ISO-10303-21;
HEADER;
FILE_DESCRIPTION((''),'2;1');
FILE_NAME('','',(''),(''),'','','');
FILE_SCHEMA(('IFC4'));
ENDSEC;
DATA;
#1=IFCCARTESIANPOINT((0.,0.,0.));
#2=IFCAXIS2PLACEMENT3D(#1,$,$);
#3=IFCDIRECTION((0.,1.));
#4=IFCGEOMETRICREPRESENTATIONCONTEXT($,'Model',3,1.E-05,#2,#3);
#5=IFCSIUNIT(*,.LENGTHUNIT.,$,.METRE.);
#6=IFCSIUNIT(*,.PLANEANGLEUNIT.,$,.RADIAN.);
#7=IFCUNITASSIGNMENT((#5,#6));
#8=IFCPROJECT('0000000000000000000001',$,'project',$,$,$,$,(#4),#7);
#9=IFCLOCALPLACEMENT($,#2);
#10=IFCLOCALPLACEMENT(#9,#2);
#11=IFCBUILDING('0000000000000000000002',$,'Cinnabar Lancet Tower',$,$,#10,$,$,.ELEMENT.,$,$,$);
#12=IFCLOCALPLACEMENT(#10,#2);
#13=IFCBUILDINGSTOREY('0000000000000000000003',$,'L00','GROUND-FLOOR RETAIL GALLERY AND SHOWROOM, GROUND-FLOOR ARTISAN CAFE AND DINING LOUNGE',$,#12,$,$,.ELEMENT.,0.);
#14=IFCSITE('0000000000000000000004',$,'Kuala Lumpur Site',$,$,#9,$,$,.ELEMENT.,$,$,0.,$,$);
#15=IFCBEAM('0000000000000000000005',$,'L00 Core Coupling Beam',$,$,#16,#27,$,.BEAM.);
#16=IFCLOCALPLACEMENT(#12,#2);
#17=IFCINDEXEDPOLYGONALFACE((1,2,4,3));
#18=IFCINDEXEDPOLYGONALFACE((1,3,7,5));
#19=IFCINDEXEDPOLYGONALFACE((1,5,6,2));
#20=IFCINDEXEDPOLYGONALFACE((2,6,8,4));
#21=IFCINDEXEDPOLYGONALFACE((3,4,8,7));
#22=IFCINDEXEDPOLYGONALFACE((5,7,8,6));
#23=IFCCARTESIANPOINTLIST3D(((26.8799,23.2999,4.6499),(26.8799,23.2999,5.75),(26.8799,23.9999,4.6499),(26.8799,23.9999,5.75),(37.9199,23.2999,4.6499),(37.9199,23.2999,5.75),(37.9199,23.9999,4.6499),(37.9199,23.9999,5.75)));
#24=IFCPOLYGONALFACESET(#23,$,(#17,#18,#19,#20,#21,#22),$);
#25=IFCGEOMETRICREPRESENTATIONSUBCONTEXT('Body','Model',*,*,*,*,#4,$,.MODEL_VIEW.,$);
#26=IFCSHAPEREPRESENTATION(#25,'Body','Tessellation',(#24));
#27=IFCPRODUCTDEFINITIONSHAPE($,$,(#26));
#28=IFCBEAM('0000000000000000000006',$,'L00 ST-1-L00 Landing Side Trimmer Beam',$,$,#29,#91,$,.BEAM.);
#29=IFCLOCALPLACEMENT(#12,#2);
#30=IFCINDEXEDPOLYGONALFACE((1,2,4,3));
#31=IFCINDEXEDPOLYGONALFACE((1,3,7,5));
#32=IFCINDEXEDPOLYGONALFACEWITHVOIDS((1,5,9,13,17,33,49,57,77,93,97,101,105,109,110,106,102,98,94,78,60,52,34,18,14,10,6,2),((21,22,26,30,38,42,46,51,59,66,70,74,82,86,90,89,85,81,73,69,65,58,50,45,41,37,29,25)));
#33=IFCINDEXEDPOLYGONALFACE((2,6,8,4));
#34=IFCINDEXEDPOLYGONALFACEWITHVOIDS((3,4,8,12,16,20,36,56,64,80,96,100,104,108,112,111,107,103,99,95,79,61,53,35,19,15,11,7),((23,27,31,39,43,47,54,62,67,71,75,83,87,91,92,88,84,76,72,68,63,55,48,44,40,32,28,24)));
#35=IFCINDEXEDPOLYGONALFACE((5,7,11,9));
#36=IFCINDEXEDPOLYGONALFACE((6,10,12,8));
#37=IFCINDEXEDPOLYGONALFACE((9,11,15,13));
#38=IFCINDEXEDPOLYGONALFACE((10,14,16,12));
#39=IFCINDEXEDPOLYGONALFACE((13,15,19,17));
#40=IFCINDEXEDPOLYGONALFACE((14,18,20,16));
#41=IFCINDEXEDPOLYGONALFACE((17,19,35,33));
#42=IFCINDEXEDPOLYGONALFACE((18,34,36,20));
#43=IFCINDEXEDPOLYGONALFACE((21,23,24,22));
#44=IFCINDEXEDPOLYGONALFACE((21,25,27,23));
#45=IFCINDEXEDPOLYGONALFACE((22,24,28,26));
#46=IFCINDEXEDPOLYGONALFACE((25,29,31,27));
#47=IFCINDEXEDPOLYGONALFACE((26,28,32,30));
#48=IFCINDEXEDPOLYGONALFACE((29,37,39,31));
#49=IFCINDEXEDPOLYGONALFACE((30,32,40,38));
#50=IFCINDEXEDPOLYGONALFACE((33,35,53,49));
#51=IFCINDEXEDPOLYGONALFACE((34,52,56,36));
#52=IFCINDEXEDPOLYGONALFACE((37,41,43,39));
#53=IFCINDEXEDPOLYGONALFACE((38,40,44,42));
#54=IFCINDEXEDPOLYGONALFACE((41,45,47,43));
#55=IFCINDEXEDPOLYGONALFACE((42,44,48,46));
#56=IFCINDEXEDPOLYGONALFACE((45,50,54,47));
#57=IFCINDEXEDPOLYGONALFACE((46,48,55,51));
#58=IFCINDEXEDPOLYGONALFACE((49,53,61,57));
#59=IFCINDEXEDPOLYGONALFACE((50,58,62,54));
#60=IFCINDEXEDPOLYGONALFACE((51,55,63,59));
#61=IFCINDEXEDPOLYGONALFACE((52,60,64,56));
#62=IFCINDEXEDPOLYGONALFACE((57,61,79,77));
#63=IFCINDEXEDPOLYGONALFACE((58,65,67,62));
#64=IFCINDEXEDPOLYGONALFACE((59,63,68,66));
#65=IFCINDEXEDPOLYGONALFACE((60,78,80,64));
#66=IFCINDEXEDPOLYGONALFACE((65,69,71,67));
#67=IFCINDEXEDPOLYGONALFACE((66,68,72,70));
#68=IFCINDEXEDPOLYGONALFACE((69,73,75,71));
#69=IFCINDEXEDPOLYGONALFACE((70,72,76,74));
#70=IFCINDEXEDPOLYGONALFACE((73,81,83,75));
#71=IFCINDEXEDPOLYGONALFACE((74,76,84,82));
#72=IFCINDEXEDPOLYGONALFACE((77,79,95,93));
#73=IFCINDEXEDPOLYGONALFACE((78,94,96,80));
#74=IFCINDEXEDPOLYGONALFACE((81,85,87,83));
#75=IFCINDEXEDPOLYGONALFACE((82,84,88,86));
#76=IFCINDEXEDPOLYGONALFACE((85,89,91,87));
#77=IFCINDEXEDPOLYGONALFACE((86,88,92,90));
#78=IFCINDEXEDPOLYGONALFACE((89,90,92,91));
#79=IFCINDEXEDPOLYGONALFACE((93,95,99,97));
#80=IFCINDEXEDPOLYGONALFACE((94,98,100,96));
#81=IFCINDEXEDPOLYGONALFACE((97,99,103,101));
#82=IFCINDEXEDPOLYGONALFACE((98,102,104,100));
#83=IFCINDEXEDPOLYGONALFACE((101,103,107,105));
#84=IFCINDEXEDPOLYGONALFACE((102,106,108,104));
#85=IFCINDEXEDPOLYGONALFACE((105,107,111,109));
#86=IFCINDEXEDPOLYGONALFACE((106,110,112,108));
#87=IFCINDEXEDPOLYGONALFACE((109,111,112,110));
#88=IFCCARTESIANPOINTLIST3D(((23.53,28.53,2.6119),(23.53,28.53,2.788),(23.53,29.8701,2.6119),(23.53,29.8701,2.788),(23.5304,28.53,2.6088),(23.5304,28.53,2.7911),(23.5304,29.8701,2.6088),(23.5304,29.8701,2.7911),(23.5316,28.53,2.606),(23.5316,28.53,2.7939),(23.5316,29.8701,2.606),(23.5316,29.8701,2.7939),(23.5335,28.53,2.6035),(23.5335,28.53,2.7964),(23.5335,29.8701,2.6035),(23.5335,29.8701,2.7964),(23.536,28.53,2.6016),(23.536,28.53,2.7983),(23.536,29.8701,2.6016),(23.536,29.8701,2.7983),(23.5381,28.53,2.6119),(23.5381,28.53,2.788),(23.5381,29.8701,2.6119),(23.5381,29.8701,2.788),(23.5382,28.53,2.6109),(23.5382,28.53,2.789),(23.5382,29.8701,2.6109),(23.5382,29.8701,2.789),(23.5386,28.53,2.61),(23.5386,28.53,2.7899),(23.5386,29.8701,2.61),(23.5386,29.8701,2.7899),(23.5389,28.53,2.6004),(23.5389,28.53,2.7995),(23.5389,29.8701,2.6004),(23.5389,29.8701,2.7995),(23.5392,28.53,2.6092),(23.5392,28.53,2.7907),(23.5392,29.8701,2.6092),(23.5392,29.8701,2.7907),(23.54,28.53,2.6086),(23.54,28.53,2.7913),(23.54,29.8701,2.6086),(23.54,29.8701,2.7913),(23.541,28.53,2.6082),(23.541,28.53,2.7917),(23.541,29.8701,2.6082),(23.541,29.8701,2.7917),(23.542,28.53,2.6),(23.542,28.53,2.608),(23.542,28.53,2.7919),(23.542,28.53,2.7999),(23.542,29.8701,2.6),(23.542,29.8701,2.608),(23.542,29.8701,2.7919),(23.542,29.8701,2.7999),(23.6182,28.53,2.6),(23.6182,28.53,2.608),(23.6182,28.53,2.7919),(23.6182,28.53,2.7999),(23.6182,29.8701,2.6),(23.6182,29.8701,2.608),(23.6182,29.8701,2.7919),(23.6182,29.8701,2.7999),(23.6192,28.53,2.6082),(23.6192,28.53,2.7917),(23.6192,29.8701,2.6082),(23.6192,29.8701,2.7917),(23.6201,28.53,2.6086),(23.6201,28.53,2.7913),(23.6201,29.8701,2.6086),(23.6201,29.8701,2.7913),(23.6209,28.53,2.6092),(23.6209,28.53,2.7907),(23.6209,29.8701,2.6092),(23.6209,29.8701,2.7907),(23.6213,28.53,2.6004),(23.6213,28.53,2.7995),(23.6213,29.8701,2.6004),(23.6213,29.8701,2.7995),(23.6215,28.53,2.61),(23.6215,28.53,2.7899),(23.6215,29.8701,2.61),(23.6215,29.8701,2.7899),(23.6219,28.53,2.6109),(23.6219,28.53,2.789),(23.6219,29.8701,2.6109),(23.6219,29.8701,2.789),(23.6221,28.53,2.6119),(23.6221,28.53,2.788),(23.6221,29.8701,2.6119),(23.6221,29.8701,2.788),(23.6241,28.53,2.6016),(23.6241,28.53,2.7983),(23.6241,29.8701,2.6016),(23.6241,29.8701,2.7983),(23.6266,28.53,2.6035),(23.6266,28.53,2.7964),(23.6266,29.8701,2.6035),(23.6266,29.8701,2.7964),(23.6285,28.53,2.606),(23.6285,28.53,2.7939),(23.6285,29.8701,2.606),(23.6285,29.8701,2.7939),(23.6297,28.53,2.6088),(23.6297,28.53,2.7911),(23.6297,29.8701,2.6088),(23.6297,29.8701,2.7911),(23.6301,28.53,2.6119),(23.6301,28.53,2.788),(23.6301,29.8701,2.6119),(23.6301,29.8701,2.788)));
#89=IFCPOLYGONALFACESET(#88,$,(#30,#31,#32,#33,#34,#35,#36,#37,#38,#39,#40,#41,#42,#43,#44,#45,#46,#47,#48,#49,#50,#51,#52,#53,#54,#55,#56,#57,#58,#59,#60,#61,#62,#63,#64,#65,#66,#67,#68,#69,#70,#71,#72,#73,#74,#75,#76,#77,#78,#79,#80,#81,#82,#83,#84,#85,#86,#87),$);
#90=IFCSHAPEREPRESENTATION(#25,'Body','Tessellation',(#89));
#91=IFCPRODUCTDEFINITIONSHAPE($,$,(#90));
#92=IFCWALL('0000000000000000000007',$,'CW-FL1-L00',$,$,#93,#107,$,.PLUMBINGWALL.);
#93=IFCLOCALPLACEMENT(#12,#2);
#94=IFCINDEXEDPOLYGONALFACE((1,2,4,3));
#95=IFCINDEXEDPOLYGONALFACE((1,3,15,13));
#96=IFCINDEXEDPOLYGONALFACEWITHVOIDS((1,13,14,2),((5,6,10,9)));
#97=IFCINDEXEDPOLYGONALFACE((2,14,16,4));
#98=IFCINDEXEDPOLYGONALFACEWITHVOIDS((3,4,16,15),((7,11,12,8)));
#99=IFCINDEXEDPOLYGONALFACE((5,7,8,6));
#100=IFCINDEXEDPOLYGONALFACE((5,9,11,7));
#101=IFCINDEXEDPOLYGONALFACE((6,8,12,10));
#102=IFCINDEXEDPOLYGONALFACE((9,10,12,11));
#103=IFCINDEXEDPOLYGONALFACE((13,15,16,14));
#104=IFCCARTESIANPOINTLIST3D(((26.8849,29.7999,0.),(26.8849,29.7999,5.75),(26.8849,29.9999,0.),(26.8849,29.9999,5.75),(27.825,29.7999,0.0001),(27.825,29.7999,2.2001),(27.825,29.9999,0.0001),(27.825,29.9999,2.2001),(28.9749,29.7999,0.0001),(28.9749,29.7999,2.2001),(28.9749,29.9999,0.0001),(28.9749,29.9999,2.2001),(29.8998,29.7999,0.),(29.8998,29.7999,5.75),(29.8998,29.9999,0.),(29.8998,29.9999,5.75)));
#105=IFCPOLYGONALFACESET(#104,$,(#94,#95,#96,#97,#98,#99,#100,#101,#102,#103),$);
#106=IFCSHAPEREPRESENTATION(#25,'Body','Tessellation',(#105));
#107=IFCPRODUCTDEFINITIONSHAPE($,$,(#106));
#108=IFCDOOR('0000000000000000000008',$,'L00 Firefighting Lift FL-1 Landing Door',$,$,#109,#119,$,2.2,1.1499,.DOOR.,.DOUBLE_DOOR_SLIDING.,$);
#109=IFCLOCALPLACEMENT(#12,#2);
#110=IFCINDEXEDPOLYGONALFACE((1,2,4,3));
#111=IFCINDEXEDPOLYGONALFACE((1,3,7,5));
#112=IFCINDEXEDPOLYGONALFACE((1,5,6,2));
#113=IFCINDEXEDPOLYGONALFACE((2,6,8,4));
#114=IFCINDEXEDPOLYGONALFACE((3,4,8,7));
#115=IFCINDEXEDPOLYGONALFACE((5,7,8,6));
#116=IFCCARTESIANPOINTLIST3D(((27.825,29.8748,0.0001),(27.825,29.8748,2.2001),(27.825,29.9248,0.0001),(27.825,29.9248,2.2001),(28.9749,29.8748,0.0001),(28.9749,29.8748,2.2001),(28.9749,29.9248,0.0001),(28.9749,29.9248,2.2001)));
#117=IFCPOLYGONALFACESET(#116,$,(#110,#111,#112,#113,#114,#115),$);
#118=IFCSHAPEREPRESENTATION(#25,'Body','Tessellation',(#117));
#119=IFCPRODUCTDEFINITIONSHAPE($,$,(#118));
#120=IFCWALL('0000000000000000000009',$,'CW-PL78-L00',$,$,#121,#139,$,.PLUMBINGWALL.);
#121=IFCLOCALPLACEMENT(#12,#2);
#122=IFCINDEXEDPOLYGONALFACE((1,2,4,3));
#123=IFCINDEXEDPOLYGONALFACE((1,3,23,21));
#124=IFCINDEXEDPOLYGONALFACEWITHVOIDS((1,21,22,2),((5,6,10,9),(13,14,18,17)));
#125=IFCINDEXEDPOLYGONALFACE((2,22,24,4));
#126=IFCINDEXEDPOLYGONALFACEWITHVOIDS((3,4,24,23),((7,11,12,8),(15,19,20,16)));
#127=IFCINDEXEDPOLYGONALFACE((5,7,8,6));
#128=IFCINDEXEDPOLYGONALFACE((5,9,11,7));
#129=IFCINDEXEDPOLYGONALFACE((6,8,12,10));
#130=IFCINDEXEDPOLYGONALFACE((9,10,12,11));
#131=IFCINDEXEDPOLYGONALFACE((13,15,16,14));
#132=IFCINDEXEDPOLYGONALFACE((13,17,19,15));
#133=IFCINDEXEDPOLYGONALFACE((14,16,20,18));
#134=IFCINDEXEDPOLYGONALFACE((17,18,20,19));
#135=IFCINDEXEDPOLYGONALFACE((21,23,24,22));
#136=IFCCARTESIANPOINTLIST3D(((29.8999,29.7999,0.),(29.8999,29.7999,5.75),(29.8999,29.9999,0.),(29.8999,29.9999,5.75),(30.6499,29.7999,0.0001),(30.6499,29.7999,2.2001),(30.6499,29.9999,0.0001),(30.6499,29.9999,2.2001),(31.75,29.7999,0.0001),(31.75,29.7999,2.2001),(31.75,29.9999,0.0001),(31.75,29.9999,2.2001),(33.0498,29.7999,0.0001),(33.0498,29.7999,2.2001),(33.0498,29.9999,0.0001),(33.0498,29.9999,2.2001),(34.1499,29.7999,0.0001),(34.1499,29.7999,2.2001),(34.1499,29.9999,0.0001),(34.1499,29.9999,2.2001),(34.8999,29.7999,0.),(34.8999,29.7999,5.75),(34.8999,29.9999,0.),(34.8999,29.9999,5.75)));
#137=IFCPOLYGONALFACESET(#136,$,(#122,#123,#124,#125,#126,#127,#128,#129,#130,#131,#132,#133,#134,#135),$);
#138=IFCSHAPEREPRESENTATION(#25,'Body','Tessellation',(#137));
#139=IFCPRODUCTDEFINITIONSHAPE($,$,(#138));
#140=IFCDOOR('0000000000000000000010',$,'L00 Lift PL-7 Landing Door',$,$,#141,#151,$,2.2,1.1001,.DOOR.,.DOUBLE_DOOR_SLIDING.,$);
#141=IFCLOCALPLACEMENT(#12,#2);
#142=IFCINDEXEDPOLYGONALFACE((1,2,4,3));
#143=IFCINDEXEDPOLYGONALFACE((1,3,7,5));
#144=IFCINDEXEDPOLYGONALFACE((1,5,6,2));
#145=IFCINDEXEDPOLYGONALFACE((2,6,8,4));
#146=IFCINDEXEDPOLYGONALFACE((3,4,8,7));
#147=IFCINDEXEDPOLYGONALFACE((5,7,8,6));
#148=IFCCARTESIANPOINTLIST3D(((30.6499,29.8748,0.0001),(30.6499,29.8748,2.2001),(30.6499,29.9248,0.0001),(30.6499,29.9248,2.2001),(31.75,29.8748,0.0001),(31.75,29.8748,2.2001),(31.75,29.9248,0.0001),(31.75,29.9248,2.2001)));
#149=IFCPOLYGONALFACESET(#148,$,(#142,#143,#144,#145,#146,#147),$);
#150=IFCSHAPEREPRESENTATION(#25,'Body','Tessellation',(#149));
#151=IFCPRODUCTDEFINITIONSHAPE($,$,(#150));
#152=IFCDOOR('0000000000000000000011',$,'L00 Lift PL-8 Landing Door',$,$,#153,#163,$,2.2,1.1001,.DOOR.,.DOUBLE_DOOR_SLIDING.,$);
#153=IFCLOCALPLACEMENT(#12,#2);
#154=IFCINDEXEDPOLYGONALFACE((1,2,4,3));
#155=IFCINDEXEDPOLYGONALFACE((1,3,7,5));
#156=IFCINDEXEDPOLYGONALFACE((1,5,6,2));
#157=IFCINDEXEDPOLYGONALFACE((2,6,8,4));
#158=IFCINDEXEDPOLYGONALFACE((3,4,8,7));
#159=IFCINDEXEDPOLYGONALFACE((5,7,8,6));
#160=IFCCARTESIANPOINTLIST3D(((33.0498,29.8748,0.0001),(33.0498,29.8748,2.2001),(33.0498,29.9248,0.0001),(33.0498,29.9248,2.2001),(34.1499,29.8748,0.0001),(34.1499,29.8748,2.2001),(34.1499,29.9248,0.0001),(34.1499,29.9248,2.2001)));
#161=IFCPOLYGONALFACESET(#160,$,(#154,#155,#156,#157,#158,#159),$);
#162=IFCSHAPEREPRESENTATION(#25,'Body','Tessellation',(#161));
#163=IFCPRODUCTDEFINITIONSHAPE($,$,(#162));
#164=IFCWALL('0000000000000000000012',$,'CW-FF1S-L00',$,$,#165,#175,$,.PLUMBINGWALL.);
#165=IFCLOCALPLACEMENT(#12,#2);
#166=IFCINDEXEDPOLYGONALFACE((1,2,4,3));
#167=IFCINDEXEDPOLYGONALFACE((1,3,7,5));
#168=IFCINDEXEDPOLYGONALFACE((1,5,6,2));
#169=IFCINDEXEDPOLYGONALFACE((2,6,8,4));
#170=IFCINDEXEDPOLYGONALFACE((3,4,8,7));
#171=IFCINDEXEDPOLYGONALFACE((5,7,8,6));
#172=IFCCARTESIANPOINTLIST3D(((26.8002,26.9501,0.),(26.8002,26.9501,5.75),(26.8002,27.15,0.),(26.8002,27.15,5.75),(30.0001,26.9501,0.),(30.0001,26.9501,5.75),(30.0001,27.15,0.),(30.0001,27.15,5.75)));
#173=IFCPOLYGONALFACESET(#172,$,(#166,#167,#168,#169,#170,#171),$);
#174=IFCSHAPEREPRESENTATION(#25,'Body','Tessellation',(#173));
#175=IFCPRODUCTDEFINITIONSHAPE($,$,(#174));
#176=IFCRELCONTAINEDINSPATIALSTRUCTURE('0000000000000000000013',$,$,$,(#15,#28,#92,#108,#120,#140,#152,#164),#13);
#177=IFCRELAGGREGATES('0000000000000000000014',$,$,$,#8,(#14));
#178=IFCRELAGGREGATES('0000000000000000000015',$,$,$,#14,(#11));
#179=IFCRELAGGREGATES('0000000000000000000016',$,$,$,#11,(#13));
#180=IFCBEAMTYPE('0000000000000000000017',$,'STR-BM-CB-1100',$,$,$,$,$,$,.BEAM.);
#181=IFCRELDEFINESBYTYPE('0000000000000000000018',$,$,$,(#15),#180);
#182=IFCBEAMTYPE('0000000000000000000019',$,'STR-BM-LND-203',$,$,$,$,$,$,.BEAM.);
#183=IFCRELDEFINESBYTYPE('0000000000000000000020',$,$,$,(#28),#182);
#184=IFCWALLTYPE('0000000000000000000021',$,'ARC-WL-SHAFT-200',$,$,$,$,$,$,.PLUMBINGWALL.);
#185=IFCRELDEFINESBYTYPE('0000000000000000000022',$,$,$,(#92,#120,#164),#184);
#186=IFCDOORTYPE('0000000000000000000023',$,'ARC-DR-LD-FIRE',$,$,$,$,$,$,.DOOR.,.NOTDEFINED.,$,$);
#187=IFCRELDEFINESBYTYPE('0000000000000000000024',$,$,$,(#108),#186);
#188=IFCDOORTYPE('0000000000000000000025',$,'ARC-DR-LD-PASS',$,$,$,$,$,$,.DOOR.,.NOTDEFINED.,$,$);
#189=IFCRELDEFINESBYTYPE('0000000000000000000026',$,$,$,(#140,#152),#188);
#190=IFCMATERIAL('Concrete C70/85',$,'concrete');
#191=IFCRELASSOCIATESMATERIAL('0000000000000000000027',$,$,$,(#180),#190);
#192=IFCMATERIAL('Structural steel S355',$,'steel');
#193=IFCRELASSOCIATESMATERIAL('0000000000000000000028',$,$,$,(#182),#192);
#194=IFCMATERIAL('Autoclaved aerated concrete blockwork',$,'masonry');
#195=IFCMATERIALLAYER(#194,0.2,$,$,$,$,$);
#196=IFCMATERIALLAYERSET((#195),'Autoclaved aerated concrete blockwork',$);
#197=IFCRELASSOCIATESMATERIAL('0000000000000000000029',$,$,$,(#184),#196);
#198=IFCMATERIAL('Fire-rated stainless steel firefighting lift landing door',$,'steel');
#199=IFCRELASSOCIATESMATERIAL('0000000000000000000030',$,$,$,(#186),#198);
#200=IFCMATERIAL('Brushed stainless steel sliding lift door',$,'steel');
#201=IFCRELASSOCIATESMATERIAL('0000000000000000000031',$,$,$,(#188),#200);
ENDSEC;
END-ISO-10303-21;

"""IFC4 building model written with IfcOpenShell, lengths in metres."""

from ifc_helpers import new_model, si_unit, direction, frame, frame_2d, origin, origin_2d, place, context, subcontext, project, spatial, rectangle, hollow_rectangle, extrude, material, layer, layer_set, material_profile, profile_set, type_object, element, fill, save


model = new_model("IFC4")

# Units and contexts
model_context = context("Model", 3, precision=1e-05, world=origin(), true_north=direction((0.0, 1.0)))
body_context = subcontext(model_context, "Body", "Model", "MODEL_VIEW")
ifc_project = project(units=[si_unit("LENGTHUNIT", "METRE"), si_unit("PLANEANGLEUNIT", "RADIAN")], contexts=[model_context])

# Site, building, storey
site_placement = place(None, origin())
site = spatial("IfcSite", under=ifc_project, at=site_placement, Name="Kuala Lumpur Site", CompositionType="ELEMENT", RefElevation=0.0)
building_placement = place(site_placement, origin())
building = spatial("IfcBuilding", under=site, at=building_placement, Name="Cinnabar Lancet Tower", CompositionType="ELEMENT")
storey_placement = place(building_placement, origin())
storey = spatial("IfcBuildingStorey", under=building, at=storey_placement, Name="L00", Description="GROUND-FLOOR RETAIL GALLERY AND SHOWROOM, GROUND-FLOOR ARTISAN CAFE AND DINING LOUNGE", CompositionType="ELEMENT", Elevation=0.0)

# Beams
ifc_material_1 = material(Name="Concrete C70/85", Category="concrete")
ifc_material_profile_1 = material_profile(ifc_material_1, rectangle(XDim=0.7, YDim=1.1001, at=origin_2d()), Name="RC-CB 700x1100")
ifc_profile_set_1 = profile_set([ifc_material_profile_1], Name="Concrete C70/85")
beam_type_1 = type_object("IfcBeamType", Name="STR-BM-CB-1100", PredefinedType="BEAM", material=ifc_profile_set_1)
beam_1_placement = place(storey_placement, frame((26.8799, 23.6499, 5.2), z_axis=(1.0, 0.0, 0.0), x_axis=(0.0, 1.0, 0.0)))
element("IfcBeam", 1, at=beam_1_placement, inside=storey, type_object=beam_type_1, Name="L00 Core Coupling Beam", PredefinedType="BEAM", context=body_context, shape_type="SweptSolid", body=[
    extrude(rectangle(XDim=0.7, YDim=1.1001, at=origin_2d()), origin(), (0.0, 0.0, 1.0), 11.04),
])
ifc_material_2 = material(Name="Structural steel S355", Category="steel")
ifc_material_profile_2 = material_profile(ifc_material_2, hollow_rectangle(XDim=0.1001, YDim=0.2, WallThickness=0.0081, InnerFilletRadius=0.0039, OuterFilletRadius=0.012, at=origin_2d()), Name="RHS 200x100x8")
ifc_profile_set_2 = profile_set([ifc_material_profile_2], Name="Structural steel S355")
beam_type_2 = type_object("IfcBeamType", Name="STR-BM-LND-203", PredefinedType="BEAM", material=ifc_profile_set_2)
beam_2_placement = place(storey_placement, frame((23.5801, 28.53, 2.7), z_axis=(0.0, 1.0, 0.0), x_axis=(-1.0, 0.0, 0.0)))
element("IfcBeam", 2, at=beam_2_placement, inside=storey, type_object=beam_type_2, Name="L00 ST-1-L00 Landing Side Trimmer Beam", PredefinedType="BEAM", context=body_context, shape_type="SweptSolid", body=[
    extrude(hollow_rectangle(XDim=0.1001, YDim=0.2, WallThickness=0.0081, InnerFilletRadius=0.0039, OuterFilletRadius=0.012, at=origin_2d()), origin(), (0.0, 0.0, 1.0), 1.3401),
])

# Wall, opening, door
ifc_material_3 = material(Name="Autoclaved aerated concrete blockwork", Category="masonry")
ifc_layer_1 = layer(ifc_material_3, 0.2)
ifc_layer_set_1 = layer_set([ifc_layer_1], Name="Autoclaved aerated concrete blockwork")
wall_type_1 = type_object("IfcWallType", Name="ARC-WL-SHAFT-200", PredefinedType="PLUMBINGWALL", material=ifc_layer_set_1)
wall_1_placement = place(storey_placement, frame((26.885, 29.8999, 0.0), z_axis=(0.0, 0.0, 1.0), x_axis=(1.0, 0.0, 0.0)))
wall_1 = element("IfcWall", 3, at=wall_1_placement, inside=storey, type_object=wall_type_1, Name="CW-FL1-L00", PredefinedType="PLUMBINGWALL", context=body_context, shape_type="SweptSolid", body=[
    extrude(rectangle(XDim=3.0149, YDim=0.2, at=frame_2d((1.5073, 0.0))), origin(), (0.0, 0.0, 1.0), 5.75),
])
opening_1_placement = place(wall_1_placement, frame((0.9399, 0.0, 0.0)))
opening_1 = element("IfcOpeningElement", 4, at=opening_1_placement, cuts=wall_1, PredefinedType="OPENING", context=body_context, shape_type="SweptSolid", body=[
    extrude(rectangle(XDim=1.1499, YDim=2.2, at=frame_2d((0.575, 1.1001))), frame((0.0, 0.1099, 0.0), z_axis=(0.0, -1.0, 0.0), x_axis=(1.0, 0.0, 0.0)), (0.0, 0.0, 1.0), 0.22),
])
ifc_material_4 = material(Name="Fire-rated stainless steel firefighting lift landing door", Category="steel")
door_type_1 = type_object("IfcDoorType", Name="ARC-DR-LD-FIRE", OperationType="NOTDEFINED", PredefinedType="DOOR", material=ifc_material_4)
door_1_placement = place(opening_1_placement, origin())
door_1 = element("IfcDoor", 5, at=door_1_placement, inside=storey, type_object=door_type_1, Name="L00 Firefighting Lift FL-1 Landing Door", OperationType="DOUBLE_DOOR_SLIDING", OverallHeight=2.2, OverallWidth=1.1499, PredefinedType="DOOR", context=body_context, shape_type="SweptSolid", body=[
    extrude(rectangle(XDim=1.1499, YDim=2.2, at=frame_2d((0.575, 1.1001))), frame((0.0, 0.0249, 0.0), z_axis=(0.0, -1.0, 0.0), x_axis=(1.0, 0.0, 0.0)), (0.0, 0.0, 1.0), 0.05),
])
fill(opening_1, door_1)

# Wall, openings, doors
wall_2_placement = place(storey_placement, frame((29.8999, 29.8999, 0.0), z_axis=(0.0, 0.0, 1.0), x_axis=(1.0, 0.0, 0.0)))
wall_2 = element("IfcWall", 6, at=wall_2_placement, inside=storey, type_object=wall_type_1, Name="CW-PL78-L00", PredefinedType="PLUMBINGWALL", context=body_context, shape_type="SweptSolid", body=[
    extrude(rectangle(XDim=5.0, YDim=0.2, at=frame_2d((2.5, 0.0))), origin(), (0.0, 0.0, 1.0), 5.75),
])
opening_2_placement = place(wall_2_placement, frame((0.75, 0.0, 0.0)))
opening_2 = element("IfcOpeningElement", 7, at=opening_2_placement, cuts=wall_2, PredefinedType="OPENING", context=body_context, shape_type="SweptSolid", body=[
    extrude(rectangle(XDim=1.1001, YDim=2.2, at=frame_2d((0.55, 1.1001))), frame((0.0, 0.1099, 0.0), z_axis=(0.0, -1.0, 0.0), x_axis=(1.0, 0.0, 0.0)), (0.0, 0.0, 1.0), 0.22),
])
opening_3_placement = place(wall_2_placement, frame((3.1499, 0.0, 0.0)))
opening_3 = element("IfcOpeningElement", 8, at=opening_3_placement, cuts=wall_2, PredefinedType="OPENING", context=body_context, shape_type="SweptSolid", body=[
    extrude(rectangle(XDim=1.1001, YDim=2.2, at=frame_2d((0.55, 1.1001))), frame((0.0, 0.1099, 0.0), z_axis=(0.0, -1.0, 0.0), x_axis=(1.0, 0.0, 0.0)), (0.0, 0.0, 1.0), 0.22),
])
ifc_material_5 = material(Name="Brushed stainless steel sliding lift door", Category="steel")
door_type_2 = type_object("IfcDoorType", Name="ARC-DR-LD-PASS", OperationType="NOTDEFINED", PredefinedType="DOOR", material=ifc_material_5)
door_2_placement = place(opening_2_placement, origin())
door_2 = element("IfcDoor", 9, at=door_2_placement, inside=storey, type_object=door_type_2, Name="L00 Lift PL-7 Landing Door", OperationType="DOUBLE_DOOR_SLIDING", OverallHeight=2.2, OverallWidth=1.1001, PredefinedType="DOOR", context=body_context, shape_type="SweptSolid", body=[
    extrude(rectangle(XDim=1.1001, YDim=2.2, at=frame_2d((0.55, 1.1001))), frame((0.0, 0.0249, 0.0), z_axis=(0.0, -1.0, 0.0), x_axis=(1.0, 0.0, 0.0)), (0.0, 0.0, 1.0), 0.05),
])
fill(opening_2, door_2)
door_3_placement = place(opening_3_placement, origin())
door_3 = element("IfcDoor", 10, at=door_3_placement, inside=storey, type_object=door_type_2, Name="L00 Lift PL-8 Landing Door", OperationType="DOUBLE_DOOR_SLIDING", OverallHeight=2.2, OverallWidth=1.1001, PredefinedType="DOOR", context=body_context, shape_type="SweptSolid", body=[
    extrude(rectangle(XDim=1.1001, YDim=2.2, at=frame_2d((0.55, 1.1001))), frame((0.0, 0.0249, 0.0), z_axis=(0.0, -1.0, 0.0), x_axis=(1.0, 0.0, 0.0)), (0.0, 0.0, 1.0), 0.05),
])
fill(opening_3, door_3)

# Wall
wall_3_placement = place(storey_placement, frame((26.8, 27.05, 0.0), z_axis=(0.0, 0.0, 1.0), x_axis=(1.0, 0.0, 0.0)))
element("IfcWall", 11, at=wall_3_placement, inside=storey, type_object=wall_type_1, Name="CW-FF1S-L00", PredefinedType="PLUMBINGWALL", context=body_context, shape_type="SweptSolid", body=[
    extrude(rectangle(XDim=3.2, YDim=0.2, at=frame_2d((1.6001, 0.0))), origin(), (0.0, 0.0, 1.0), 5.75),
])

save(model, "model.ifc")
